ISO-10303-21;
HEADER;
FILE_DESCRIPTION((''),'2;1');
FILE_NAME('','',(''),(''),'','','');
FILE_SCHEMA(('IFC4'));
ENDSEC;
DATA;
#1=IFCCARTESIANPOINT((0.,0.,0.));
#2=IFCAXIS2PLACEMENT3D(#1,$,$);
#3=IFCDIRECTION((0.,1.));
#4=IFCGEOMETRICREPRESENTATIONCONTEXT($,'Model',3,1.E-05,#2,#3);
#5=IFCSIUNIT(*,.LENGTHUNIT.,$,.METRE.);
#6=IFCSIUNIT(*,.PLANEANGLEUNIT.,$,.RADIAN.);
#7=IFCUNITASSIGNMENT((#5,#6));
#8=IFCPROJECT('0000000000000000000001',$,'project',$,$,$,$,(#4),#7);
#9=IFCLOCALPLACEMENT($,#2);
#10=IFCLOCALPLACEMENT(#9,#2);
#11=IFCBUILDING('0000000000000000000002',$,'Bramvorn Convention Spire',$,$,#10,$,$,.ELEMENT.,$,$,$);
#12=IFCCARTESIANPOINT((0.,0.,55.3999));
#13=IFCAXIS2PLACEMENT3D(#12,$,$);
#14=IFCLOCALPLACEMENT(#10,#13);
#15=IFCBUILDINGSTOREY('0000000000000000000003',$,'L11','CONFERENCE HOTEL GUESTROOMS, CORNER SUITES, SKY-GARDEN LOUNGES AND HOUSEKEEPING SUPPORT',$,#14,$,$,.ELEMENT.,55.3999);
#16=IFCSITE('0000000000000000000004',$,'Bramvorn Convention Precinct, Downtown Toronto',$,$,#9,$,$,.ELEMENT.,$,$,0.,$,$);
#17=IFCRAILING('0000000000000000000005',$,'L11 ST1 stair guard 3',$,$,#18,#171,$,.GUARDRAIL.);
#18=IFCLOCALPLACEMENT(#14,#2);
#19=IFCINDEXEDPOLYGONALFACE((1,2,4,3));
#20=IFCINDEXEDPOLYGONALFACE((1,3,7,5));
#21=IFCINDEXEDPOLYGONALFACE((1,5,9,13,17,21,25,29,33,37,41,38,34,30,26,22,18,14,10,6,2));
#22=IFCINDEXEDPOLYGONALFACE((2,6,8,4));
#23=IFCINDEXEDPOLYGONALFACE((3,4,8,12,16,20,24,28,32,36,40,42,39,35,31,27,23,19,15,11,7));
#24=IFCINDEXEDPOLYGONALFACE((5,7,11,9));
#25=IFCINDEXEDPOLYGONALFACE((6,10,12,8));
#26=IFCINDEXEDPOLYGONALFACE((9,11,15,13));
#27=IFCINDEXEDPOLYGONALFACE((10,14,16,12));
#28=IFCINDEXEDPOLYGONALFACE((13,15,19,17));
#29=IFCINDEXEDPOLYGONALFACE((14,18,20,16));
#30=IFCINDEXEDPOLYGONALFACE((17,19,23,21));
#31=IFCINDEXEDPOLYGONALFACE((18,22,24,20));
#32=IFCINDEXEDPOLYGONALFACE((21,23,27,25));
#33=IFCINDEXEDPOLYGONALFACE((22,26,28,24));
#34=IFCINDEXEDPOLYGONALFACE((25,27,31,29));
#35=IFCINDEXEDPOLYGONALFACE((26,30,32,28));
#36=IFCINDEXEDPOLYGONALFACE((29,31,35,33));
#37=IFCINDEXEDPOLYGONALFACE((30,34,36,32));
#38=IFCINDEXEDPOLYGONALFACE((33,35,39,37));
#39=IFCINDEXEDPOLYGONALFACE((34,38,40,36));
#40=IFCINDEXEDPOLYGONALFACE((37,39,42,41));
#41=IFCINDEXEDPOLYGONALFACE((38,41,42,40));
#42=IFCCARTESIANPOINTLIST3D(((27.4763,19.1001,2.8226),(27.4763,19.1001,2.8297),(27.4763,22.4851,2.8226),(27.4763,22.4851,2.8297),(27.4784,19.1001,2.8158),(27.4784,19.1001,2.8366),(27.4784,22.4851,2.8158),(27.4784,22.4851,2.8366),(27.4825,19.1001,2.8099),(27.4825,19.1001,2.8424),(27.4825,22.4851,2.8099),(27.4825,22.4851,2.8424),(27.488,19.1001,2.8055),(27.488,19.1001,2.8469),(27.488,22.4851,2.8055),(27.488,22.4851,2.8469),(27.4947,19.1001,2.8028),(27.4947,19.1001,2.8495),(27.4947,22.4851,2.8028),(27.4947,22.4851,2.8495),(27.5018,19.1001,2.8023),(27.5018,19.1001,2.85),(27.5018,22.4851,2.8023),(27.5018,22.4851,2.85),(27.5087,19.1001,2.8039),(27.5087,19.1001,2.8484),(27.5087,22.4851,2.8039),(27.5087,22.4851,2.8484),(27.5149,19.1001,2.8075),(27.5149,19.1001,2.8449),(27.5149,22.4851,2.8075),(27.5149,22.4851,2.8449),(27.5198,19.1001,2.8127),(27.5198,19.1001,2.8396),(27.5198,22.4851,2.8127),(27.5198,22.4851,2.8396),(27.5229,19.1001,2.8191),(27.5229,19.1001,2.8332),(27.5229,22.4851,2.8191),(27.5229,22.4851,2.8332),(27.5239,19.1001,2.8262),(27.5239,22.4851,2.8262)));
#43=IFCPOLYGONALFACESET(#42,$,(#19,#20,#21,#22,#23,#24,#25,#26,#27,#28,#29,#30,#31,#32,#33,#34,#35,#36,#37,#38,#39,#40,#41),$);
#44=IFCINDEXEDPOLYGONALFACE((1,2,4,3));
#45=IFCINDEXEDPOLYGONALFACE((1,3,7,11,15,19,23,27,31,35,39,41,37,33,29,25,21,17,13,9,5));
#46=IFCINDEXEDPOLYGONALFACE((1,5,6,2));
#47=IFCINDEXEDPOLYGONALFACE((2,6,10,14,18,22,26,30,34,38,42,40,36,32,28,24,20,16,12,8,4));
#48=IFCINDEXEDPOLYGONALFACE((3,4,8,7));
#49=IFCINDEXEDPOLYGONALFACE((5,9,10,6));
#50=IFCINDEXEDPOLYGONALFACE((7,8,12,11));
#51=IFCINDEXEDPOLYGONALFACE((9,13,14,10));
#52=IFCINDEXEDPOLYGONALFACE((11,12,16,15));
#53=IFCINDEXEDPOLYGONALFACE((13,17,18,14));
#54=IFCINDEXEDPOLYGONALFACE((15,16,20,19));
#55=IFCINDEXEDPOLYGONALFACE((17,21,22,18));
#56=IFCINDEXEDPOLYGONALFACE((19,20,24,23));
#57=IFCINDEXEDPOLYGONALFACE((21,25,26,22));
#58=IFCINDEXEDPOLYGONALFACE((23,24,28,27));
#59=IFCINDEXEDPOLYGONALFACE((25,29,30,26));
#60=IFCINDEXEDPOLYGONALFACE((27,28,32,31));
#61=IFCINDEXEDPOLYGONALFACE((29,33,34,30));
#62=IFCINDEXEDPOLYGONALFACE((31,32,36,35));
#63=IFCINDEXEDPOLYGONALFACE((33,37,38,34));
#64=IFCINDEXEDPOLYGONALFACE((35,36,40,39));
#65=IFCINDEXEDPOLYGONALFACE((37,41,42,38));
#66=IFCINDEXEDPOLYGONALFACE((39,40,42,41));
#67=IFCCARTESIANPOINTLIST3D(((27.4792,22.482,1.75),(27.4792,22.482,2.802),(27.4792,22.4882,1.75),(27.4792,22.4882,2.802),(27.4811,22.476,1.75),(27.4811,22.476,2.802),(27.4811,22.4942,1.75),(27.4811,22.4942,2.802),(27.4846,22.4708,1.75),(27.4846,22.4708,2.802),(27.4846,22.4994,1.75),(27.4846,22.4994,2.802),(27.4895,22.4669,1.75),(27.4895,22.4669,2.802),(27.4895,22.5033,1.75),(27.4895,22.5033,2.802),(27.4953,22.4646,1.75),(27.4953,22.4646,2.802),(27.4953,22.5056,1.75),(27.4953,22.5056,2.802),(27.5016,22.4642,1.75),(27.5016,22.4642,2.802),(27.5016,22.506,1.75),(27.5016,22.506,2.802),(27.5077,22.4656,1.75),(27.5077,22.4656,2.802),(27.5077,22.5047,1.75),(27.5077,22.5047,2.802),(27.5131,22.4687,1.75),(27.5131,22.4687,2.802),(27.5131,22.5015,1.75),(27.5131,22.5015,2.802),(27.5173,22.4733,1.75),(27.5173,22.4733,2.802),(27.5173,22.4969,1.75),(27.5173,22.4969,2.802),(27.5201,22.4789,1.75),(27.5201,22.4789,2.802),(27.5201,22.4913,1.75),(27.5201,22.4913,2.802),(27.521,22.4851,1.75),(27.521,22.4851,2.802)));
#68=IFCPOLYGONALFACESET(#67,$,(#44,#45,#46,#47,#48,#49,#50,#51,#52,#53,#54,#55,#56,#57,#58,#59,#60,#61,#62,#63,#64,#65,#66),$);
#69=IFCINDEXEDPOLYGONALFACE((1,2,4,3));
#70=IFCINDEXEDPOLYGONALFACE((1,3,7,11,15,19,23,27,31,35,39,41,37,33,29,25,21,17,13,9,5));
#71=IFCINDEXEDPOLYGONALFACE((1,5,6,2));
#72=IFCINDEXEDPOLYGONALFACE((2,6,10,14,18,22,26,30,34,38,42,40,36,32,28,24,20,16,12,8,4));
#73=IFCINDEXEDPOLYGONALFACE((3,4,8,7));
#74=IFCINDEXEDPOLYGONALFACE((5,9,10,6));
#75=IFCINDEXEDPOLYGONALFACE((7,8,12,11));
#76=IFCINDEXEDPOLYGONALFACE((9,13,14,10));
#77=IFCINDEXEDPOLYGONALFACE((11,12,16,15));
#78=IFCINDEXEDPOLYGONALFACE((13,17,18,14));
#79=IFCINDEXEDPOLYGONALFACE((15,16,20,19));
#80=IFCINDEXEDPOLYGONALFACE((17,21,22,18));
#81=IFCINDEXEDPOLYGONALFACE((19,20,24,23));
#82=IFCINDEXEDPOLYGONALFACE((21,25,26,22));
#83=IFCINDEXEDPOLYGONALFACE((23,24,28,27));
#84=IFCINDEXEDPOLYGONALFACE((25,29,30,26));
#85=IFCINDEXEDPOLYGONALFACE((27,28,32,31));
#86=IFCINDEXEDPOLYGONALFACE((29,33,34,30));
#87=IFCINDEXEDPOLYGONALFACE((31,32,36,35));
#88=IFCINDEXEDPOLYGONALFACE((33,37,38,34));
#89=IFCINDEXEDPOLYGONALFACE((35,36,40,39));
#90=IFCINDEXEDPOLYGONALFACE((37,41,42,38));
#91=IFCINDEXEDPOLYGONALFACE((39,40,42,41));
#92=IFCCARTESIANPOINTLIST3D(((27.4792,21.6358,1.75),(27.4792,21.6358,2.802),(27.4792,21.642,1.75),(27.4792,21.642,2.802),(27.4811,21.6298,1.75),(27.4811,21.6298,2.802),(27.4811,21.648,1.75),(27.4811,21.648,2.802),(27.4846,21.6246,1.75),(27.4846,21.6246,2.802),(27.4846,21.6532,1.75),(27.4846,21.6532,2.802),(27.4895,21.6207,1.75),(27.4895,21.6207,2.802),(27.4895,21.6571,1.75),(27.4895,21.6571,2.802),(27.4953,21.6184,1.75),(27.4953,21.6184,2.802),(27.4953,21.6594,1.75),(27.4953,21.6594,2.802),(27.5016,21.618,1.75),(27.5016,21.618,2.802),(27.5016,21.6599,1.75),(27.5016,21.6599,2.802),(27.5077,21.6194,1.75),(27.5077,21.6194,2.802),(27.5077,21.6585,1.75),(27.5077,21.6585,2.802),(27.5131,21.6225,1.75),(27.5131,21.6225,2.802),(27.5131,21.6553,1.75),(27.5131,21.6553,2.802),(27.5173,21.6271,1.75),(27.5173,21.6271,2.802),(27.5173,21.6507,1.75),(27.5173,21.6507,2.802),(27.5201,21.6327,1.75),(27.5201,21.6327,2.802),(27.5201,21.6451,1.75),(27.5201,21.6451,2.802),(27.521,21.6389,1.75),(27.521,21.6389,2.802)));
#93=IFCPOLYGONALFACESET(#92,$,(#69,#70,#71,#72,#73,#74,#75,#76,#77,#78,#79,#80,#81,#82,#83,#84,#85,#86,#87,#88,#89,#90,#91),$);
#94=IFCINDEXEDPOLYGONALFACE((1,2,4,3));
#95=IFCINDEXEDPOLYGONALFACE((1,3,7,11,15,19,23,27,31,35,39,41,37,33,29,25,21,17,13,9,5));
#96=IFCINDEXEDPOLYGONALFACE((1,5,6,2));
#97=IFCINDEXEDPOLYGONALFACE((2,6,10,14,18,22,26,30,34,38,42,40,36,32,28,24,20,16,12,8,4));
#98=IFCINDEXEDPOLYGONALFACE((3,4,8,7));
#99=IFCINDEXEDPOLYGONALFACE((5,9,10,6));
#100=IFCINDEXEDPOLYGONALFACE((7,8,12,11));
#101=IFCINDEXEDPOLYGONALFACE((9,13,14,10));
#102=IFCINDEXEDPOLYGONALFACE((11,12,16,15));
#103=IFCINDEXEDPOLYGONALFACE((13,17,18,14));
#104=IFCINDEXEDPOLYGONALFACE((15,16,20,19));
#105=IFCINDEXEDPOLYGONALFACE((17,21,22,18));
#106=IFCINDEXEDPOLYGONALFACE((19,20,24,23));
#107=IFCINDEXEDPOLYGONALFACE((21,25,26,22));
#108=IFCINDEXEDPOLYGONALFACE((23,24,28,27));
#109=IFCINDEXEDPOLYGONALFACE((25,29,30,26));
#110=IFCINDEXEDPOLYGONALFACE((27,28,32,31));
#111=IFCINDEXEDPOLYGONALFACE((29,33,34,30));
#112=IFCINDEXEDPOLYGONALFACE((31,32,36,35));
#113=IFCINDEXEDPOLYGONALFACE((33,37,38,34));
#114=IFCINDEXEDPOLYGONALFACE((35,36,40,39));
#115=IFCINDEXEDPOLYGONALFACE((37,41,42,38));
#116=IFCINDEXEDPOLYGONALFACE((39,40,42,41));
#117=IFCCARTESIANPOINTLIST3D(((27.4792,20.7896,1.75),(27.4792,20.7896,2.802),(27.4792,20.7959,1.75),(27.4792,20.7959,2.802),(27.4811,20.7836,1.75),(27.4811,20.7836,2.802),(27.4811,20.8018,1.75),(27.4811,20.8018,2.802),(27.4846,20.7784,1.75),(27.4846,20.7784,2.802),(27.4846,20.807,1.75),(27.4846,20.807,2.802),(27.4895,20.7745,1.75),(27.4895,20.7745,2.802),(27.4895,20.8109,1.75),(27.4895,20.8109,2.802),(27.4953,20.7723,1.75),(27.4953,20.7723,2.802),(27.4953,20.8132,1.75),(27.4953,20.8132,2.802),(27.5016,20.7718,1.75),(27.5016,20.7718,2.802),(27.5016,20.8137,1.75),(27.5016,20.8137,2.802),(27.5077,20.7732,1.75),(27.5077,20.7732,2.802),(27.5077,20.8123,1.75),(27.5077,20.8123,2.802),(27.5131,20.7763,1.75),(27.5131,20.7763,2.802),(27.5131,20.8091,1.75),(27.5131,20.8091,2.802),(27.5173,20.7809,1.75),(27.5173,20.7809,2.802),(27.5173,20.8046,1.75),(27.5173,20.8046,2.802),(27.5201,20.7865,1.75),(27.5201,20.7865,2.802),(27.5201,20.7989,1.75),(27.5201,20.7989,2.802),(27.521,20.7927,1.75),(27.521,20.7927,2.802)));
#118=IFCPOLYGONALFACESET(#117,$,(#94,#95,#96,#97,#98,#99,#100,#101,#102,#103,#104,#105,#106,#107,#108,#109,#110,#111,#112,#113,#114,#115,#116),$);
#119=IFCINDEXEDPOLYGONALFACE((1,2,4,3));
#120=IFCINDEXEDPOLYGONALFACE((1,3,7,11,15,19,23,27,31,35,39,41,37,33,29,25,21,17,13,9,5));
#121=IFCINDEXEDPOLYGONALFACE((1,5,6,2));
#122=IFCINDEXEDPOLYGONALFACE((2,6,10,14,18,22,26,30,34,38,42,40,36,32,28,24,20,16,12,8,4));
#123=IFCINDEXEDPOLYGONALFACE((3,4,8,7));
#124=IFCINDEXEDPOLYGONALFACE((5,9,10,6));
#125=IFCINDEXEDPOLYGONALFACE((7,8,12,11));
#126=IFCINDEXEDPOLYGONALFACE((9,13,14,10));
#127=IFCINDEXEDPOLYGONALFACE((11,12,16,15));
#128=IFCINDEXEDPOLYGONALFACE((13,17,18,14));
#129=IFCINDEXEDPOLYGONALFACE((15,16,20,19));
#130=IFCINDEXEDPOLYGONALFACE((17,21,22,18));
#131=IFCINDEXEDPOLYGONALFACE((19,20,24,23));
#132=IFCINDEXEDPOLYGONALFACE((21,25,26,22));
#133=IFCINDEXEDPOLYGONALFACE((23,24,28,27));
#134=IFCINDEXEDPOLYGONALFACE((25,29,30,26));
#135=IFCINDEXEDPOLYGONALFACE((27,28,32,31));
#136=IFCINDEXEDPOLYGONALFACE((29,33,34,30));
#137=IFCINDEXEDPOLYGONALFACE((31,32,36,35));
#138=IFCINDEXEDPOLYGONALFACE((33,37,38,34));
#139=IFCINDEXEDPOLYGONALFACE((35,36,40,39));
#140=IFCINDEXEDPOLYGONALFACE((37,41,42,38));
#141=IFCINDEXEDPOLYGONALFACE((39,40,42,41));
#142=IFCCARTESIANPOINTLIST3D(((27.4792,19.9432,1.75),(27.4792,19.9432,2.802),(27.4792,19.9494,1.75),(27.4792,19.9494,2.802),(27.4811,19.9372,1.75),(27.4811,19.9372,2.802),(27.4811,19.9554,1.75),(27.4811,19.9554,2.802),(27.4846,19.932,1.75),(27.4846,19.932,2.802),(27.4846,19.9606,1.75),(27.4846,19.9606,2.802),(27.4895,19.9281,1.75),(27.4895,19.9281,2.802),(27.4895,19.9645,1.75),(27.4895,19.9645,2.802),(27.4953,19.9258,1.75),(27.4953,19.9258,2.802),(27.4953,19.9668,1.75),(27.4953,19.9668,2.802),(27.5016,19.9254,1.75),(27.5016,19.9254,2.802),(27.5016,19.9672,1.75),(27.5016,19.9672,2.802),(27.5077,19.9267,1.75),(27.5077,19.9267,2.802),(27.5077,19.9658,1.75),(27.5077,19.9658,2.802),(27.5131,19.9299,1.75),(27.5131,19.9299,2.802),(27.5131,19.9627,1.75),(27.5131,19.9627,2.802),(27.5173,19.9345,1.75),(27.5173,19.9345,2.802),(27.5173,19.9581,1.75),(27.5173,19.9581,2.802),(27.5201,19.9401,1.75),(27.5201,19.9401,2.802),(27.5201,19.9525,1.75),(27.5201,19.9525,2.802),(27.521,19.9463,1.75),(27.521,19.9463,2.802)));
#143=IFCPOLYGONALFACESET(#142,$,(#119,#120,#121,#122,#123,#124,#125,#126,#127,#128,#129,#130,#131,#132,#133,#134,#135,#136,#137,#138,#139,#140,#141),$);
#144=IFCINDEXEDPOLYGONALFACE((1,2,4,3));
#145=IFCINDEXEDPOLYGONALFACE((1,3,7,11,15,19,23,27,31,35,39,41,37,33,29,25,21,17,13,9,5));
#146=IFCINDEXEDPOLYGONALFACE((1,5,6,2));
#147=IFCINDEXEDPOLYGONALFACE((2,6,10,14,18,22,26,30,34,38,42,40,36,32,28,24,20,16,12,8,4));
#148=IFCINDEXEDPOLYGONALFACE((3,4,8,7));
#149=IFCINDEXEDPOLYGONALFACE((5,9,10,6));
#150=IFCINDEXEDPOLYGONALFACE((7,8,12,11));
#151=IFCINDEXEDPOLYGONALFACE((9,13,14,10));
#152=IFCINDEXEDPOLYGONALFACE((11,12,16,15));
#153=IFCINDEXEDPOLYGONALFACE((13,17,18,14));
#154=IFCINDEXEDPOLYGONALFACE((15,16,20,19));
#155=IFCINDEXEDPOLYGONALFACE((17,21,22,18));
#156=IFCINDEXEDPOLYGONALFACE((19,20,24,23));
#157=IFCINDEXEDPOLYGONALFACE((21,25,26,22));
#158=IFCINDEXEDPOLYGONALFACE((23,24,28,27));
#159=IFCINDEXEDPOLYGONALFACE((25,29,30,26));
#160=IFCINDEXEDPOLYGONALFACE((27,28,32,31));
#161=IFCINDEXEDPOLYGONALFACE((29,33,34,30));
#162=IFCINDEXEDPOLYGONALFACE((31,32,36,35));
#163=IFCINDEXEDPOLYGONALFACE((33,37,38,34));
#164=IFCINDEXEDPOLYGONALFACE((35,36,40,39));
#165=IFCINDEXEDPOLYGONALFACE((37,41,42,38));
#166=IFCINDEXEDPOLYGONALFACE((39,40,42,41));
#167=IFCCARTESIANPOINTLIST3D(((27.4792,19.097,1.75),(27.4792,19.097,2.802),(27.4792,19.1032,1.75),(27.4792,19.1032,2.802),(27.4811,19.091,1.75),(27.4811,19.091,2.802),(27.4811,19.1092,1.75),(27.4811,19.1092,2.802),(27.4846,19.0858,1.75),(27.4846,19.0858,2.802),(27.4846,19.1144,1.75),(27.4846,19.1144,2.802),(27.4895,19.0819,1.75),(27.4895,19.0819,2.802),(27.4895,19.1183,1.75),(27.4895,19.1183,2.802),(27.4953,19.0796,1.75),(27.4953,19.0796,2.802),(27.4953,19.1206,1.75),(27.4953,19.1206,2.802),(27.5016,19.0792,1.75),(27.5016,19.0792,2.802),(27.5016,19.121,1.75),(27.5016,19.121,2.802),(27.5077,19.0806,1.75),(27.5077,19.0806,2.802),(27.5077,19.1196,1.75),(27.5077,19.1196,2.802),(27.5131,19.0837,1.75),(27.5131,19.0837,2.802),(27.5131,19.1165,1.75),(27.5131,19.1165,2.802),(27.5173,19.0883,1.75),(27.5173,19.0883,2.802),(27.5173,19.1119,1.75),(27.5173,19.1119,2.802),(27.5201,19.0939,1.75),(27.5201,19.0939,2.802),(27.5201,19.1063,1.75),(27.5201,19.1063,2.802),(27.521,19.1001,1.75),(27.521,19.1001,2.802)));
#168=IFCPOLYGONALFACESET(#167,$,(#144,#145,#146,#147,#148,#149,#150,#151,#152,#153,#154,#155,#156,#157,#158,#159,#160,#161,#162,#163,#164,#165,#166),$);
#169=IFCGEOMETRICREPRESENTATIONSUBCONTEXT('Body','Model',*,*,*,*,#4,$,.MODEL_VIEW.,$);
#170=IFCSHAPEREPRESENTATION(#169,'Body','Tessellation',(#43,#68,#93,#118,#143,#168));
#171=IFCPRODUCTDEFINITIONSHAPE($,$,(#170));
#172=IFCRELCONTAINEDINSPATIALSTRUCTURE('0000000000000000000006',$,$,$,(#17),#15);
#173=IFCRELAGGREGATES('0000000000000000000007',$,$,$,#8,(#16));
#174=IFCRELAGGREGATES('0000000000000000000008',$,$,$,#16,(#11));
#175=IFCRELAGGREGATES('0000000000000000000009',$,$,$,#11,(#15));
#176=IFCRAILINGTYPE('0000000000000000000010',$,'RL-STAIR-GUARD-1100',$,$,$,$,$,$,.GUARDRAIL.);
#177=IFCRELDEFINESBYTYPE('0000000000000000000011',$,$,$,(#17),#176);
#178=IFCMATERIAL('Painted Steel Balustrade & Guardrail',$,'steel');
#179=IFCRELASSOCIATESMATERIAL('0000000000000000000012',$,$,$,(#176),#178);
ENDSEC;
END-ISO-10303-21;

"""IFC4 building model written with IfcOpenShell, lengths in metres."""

from ifc_helpers import new_model, si_unit, direction, frame, origin, origin_2d, place, context, subcontext, project, spatial, circle, extrude, material, type_object, element, save


model = new_model("IFC4")

# Units and contexts
model_context = context("Model", 3, precision=1e-05, world=origin(), true_north=direction((0.0, 1.0)))
body_context = subcontext(model_context, "Body", "Model", "MODEL_VIEW")
ifc_project = project(units=[si_unit("LENGTHUNIT", "METRE"), si_unit("PLANEANGLEUNIT", "RADIAN")], contexts=[model_context])

# Site, building, storey
site_placement = place(None, origin())
site = spatial("IfcSite", under=ifc_project, at=site_placement, Name="Bramvorn Convention Precinct, Downtown Toronto", CompositionType="ELEMENT", RefElevation=0.0)
building_placement = place(site_placement, origin())
building = spatial("IfcBuilding", under=site, at=building_placement, Name="Bramvorn Convention Spire", CompositionType="ELEMENT")
storey_placement = place(building_placement, frame((0.0, 0.0, 55.3999)))
storey = spatial("IfcBuildingStorey", under=building, at=storey_placement, Name="L11", Description="CONFERENCE HOTEL GUESTROOMS, CORNER SUITES, SKY-GARDEN LOUNGES AND HOUSEKEEPING SUPPORT", CompositionType="ELEMENT", Elevation=55.3999)

# Railing
ifc_material_1 = material(Name="Painted Steel Balustrade & Guardrail", Category="steel")
railing_type_1 = type_object("IfcRailingType", Name="RL-STAIR-GUARD-1100", PredefinedType="GUARDRAIL", material=ifc_material_1)
for number, where, name in (
    (1, (27.5, 22.4851, 1.75), "L11 ST1 stair guard 3"),
):
    element("IfcRailing", number, at=place(storey_placement, frame(where)), inside=storey, type_object=railing_type_1, Name=name, PredefinedType="GUARDRAIL", context=body_context, shape_type="SweptSolid", body=[
        extrude(circle(Radius=0.0239, at=origin_2d()), frame((0.0, 0.0, 1.0762), z_axis=(0.0, -1.0, 0.0), x_axis=(1.0, 0.0, 0.0)), (0.0, 0.0, 1.0), 3.385),
        extrude(circle(Radius=0.021, at=origin_2d()), origin(), (0.0, 0.0, 1.0), 1.052),
        extrude(circle(Radius=0.021, at=origin_2d()), frame((0.0, -0.8462, 0.0)), (0.0, 0.0, 1.0), 1.052),
        extrude(circle(Radius=0.021, at=origin_2d()), frame((0.0, -1.6924, 0.0)), (0.0, 0.0, 1.0), 1.052),
        extrude(circle(Radius=0.021, at=origin_2d()), frame((0.0, -2.5388, 0.0)), (0.0, 0.0, 1.0), 1.052),
        extrude(circle(Radius=0.021, at=origin_2d()), frame((0.0, -3.385, 0.0)), (0.0, 0.0, 1.0), 1.052),
    ])

save(model, "model.ifc")
